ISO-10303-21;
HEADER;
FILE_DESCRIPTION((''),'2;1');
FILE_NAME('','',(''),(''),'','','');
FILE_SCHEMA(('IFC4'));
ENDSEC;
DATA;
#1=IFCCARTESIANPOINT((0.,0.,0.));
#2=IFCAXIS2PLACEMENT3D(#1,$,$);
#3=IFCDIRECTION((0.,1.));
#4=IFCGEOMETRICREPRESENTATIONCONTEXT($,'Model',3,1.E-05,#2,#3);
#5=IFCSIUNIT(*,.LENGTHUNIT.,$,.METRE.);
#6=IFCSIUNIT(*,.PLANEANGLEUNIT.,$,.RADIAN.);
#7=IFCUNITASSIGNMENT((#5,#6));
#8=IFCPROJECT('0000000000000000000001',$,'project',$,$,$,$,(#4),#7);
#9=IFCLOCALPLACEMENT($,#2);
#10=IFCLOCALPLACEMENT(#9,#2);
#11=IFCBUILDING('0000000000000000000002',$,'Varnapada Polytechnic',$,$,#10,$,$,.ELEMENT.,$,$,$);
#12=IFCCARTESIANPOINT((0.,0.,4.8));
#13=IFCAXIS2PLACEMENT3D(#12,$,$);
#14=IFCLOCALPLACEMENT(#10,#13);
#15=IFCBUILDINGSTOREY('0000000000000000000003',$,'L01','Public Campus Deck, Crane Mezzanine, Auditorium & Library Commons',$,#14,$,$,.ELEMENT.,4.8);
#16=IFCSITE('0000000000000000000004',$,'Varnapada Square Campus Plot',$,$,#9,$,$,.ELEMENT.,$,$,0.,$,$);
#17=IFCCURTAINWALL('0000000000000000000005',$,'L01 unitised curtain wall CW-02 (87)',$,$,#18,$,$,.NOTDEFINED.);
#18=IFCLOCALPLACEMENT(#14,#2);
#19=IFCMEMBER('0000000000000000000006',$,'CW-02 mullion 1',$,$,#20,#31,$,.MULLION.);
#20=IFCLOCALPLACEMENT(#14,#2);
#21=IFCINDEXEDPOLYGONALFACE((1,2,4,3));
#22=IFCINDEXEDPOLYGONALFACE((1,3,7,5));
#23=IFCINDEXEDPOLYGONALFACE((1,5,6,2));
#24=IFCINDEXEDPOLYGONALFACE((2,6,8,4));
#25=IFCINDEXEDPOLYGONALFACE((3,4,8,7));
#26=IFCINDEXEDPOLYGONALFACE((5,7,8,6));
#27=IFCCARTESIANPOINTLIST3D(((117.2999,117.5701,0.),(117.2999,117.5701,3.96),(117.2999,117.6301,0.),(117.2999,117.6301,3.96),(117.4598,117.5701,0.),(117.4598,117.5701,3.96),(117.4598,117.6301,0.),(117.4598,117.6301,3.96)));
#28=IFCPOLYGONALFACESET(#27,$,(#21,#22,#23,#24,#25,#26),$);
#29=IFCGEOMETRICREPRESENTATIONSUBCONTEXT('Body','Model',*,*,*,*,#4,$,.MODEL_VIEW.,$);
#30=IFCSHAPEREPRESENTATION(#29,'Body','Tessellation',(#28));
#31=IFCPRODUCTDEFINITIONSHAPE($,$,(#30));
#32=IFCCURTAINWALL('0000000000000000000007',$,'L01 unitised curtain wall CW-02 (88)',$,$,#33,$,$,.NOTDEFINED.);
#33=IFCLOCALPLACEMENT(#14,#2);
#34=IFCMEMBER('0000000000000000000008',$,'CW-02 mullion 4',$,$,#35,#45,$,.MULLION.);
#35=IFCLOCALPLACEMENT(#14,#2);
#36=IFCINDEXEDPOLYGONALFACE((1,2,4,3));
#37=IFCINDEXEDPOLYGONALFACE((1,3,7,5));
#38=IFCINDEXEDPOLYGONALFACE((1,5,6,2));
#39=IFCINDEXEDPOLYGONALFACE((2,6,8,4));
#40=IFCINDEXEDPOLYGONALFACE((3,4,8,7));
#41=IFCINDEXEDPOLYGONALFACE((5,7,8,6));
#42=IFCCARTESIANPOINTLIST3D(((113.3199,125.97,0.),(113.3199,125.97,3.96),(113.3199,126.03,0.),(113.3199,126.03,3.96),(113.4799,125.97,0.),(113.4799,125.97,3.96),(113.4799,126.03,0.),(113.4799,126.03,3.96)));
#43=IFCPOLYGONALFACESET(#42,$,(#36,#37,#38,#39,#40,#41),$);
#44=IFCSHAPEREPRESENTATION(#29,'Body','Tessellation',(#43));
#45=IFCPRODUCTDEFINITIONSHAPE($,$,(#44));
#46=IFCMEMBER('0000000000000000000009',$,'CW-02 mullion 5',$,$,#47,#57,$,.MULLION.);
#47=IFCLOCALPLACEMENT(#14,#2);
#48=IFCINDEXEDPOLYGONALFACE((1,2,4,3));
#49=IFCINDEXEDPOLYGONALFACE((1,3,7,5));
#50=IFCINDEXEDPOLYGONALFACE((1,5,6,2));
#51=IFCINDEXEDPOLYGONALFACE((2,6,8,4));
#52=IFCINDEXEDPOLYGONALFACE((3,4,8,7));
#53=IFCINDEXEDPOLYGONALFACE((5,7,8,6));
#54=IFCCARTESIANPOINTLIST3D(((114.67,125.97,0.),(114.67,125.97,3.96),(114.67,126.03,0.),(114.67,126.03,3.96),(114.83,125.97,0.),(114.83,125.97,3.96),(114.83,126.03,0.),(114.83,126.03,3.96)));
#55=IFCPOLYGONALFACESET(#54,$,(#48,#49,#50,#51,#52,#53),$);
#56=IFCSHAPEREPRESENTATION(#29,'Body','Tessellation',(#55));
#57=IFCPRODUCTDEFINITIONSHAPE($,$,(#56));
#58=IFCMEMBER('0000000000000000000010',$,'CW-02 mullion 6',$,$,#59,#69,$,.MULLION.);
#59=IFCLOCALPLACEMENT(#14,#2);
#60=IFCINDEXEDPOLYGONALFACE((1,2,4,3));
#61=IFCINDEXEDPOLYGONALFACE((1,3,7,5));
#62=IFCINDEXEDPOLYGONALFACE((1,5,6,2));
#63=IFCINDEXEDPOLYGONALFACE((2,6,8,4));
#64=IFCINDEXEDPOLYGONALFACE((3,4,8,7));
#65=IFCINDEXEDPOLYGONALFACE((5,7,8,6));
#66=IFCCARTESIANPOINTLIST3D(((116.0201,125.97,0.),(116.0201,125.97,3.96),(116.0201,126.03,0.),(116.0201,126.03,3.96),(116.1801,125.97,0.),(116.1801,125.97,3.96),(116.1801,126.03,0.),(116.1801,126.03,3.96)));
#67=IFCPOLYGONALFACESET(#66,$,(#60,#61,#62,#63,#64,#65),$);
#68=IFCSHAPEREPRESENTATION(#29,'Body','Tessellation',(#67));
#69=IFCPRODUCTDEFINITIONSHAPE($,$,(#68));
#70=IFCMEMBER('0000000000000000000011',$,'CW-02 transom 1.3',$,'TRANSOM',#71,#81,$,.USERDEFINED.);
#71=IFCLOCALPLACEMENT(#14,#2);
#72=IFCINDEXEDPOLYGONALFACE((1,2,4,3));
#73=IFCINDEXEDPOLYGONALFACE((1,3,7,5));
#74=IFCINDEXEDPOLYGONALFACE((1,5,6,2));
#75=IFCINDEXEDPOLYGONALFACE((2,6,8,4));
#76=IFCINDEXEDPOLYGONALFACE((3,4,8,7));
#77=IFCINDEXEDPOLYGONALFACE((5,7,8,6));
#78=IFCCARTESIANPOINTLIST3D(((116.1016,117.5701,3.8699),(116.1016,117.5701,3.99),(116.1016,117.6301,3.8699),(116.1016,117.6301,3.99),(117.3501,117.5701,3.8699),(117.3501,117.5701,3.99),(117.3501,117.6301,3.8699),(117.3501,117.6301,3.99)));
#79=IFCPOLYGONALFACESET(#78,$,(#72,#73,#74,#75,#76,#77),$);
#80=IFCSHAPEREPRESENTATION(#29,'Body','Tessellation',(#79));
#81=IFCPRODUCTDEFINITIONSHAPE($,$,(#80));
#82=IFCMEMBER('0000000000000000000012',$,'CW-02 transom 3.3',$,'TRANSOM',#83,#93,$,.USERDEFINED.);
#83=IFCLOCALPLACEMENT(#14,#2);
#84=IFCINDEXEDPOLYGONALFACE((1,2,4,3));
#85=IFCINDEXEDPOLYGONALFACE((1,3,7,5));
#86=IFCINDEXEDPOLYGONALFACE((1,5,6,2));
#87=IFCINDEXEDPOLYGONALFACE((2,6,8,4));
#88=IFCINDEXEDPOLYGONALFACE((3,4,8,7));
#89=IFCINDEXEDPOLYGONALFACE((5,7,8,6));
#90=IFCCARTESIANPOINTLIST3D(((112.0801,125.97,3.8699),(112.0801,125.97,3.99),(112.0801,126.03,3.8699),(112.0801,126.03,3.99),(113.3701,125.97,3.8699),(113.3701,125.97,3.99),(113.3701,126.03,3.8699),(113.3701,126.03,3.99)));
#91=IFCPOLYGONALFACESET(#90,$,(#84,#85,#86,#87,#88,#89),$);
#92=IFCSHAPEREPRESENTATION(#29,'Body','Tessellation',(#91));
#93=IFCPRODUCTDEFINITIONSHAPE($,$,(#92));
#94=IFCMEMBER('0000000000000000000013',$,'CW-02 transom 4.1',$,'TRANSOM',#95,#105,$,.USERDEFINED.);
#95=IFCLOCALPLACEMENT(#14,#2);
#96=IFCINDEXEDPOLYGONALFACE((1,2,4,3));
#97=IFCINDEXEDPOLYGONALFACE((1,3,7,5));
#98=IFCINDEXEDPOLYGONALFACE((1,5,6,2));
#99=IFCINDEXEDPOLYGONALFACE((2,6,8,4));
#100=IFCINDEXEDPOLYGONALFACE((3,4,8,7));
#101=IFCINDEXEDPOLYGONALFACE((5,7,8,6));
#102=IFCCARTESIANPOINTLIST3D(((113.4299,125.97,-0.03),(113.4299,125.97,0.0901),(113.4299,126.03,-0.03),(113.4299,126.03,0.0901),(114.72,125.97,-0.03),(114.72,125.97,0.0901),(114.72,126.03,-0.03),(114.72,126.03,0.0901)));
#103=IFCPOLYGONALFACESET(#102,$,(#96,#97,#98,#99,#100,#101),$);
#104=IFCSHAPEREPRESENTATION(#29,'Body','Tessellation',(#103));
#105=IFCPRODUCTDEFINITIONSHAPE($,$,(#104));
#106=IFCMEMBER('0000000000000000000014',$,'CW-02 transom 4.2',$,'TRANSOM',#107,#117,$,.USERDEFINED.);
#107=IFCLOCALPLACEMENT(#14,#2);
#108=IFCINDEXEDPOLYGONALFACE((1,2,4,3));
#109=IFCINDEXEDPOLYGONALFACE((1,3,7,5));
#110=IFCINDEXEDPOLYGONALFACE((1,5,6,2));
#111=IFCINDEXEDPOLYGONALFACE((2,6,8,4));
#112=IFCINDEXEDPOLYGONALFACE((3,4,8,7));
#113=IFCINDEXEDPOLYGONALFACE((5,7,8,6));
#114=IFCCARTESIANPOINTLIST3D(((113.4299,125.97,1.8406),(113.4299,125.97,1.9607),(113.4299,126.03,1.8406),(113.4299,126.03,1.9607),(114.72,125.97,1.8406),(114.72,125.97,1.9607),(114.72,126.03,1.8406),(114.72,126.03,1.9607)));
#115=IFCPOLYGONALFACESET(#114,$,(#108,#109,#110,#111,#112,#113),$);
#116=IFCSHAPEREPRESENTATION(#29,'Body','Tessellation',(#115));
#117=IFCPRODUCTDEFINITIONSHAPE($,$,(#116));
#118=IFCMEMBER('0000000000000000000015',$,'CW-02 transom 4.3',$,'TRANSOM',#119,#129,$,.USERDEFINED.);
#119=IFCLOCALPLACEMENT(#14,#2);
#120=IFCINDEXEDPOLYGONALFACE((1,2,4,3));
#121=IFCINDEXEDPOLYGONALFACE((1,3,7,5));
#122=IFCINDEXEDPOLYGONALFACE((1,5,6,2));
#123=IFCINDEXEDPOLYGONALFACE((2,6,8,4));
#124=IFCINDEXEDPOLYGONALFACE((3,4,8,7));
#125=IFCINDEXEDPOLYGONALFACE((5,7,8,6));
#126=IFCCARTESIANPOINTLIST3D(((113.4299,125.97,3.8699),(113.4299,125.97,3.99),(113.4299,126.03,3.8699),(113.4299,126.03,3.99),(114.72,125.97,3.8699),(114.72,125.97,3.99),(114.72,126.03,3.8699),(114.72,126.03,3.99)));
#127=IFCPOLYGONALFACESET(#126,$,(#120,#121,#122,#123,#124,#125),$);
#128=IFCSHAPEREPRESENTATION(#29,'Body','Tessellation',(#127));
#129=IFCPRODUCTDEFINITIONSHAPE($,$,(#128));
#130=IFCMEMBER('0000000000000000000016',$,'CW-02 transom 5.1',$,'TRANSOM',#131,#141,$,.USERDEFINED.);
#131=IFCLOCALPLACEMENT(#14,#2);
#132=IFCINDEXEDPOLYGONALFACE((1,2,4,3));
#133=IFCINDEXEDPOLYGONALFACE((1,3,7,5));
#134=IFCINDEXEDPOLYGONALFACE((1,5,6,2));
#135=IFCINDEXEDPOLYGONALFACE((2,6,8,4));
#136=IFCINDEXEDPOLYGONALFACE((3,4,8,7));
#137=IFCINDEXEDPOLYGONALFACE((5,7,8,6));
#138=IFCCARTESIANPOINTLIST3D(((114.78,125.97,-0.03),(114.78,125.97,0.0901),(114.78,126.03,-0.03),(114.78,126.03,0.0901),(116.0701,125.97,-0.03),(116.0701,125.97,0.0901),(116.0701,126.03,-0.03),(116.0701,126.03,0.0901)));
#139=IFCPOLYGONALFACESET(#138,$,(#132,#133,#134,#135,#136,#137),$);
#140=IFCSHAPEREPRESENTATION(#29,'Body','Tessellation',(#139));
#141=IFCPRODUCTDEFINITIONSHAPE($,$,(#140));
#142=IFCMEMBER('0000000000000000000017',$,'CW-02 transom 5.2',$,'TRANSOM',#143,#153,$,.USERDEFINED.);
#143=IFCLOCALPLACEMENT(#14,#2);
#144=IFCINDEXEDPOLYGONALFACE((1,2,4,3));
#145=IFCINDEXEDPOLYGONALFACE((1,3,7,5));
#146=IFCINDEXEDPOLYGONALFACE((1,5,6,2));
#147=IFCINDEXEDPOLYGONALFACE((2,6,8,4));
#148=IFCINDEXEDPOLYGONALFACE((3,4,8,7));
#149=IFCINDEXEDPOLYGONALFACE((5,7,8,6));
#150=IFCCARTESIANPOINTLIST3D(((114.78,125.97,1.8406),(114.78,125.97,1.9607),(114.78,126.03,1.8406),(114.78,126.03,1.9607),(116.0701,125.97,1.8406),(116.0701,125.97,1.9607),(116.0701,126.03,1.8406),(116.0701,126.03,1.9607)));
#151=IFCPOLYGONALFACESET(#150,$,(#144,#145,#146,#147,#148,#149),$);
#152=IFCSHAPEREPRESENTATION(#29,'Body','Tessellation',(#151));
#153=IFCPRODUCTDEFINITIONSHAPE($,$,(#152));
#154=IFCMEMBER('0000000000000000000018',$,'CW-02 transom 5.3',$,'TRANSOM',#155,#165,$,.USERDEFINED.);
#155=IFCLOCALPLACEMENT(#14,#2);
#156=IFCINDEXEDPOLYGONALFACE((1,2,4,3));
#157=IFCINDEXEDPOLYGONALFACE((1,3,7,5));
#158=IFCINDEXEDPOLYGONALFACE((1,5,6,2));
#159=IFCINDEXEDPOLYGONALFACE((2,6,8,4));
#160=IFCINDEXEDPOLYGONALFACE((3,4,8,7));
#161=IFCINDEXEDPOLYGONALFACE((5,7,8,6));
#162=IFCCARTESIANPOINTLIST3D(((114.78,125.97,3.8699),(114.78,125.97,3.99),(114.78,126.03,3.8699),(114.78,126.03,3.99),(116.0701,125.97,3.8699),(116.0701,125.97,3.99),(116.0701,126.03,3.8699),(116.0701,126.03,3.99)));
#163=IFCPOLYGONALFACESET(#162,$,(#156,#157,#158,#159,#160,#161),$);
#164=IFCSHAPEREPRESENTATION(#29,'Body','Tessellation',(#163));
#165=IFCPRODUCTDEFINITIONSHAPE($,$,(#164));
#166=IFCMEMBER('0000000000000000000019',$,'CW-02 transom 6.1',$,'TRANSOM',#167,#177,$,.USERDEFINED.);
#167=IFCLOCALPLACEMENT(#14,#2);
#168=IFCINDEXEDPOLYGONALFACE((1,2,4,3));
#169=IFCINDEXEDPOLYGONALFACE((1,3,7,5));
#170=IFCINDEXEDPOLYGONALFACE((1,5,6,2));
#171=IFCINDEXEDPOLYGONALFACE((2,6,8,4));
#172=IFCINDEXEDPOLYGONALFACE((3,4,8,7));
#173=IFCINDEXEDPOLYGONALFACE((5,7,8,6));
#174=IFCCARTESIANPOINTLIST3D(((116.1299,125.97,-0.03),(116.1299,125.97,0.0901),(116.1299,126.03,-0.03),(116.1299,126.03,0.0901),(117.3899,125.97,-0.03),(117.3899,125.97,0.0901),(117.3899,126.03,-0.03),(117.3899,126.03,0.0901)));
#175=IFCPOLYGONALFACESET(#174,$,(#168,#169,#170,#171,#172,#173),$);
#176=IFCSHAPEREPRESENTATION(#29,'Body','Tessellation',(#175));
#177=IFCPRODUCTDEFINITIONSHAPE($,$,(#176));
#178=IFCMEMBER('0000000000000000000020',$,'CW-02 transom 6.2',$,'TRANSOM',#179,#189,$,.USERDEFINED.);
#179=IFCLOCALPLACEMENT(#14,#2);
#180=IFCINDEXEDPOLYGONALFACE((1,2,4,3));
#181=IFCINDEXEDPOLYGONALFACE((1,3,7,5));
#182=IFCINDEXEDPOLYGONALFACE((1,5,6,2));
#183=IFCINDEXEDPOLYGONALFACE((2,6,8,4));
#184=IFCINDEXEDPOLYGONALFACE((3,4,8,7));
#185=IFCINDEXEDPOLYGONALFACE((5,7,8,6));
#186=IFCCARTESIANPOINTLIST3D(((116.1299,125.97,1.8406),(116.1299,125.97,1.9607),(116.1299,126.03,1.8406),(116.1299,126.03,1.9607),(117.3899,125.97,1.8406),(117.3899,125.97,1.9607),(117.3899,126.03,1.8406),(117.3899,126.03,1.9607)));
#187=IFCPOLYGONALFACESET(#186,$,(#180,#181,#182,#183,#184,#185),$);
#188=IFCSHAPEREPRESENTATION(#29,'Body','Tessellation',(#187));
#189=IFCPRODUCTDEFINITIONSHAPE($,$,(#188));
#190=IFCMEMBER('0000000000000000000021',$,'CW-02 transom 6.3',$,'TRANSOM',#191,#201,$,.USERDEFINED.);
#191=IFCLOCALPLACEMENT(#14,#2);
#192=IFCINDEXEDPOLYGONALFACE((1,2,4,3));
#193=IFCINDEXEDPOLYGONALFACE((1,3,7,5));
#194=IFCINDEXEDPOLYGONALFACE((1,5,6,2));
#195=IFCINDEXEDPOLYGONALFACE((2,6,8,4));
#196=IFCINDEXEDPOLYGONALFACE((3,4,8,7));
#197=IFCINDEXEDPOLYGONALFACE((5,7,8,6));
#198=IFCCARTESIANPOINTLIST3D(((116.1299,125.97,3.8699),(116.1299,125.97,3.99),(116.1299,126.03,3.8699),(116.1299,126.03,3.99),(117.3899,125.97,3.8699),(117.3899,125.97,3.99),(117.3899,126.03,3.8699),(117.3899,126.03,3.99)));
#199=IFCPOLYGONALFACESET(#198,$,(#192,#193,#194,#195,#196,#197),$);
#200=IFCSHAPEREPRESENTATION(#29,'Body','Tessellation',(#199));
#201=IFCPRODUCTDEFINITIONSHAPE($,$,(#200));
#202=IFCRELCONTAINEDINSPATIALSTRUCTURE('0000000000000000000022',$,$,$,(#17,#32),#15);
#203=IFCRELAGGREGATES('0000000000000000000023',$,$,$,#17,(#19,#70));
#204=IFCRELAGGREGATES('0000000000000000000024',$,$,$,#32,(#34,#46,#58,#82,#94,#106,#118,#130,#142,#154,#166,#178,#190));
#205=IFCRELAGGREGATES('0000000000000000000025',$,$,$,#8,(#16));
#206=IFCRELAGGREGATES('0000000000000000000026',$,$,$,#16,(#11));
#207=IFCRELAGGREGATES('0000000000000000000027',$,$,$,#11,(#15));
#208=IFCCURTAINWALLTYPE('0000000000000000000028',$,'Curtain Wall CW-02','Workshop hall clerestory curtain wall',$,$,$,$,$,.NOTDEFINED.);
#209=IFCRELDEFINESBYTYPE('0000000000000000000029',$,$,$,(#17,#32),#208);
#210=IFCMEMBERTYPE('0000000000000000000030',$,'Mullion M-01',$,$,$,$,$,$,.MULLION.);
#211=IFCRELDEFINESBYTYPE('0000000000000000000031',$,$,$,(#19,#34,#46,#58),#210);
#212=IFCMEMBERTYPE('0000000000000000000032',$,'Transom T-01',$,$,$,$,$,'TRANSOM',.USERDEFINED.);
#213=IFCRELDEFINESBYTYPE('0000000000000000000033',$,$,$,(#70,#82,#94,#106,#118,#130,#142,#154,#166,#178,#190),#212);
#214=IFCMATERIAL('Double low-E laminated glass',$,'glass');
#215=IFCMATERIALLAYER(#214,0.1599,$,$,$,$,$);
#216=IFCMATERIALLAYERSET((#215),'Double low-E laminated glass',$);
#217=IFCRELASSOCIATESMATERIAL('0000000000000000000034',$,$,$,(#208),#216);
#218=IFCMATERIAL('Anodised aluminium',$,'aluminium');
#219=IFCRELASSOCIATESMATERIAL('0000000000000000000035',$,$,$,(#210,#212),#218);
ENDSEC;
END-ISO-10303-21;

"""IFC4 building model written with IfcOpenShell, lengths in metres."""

from ifc_helpers import new_model, si_unit, direction, frame, origin, origin_2d, place, context, subcontext, project, spatial, rectangle, extrude, material, layer, layer_set, material_profile, profile_set, type_object, element, aggregate, save


model = new_model("IFC4")

# Units and contexts
model_context = context("Model", 3, precision=1e-05, world=origin(), true_north=direction((0.0, 1.0)))
body_context = subcontext(model_context, "Body", "Model", "MODEL_VIEW")
ifc_project = project(units=[si_unit("LENGTHUNIT", "METRE"), si_unit("PLANEANGLEUNIT", "RADIAN")], contexts=[model_context])

# Site, building, storey
site_placement = place(None, origin())
site = spatial("IfcSite", under=ifc_project, at=site_placement, Name="Varnapada Square Campus Plot", CompositionType="ELEMENT", RefElevation=0.0)
building_placement = place(site_placement, origin())
building = spatial("IfcBuilding", under=site, at=building_placement, Name="Varnapada Polytechnic", CompositionType="ELEMENT")
storey_placement = place(building_placement, frame((0.0, 0.0, 4.8)))
storey = spatial("IfcBuildingStorey", under=building, at=storey_placement, Name="L01", Description="Public Campus Deck, Crane Mezzanine, Auditorium & Library Commons", CompositionType="ELEMENT", Elevation=4.8)

# Curtain wall, member
ifc_material_1 = material(Name="Double low-E laminated glass", Category="glass")
ifc_layer_1 = layer(ifc_material_1, 0.1599)
ifc_layer_set_1 = layer_set([ifc_layer_1], Name="Double low-E laminated glass")
curtain_wall_type = type_object("IfcCurtainWallType", Name="Curtain Wall CW-02", Description="Workshop hall clerestory curtain wall", PredefinedType="NOTDEFINED", material=ifc_layer_set_1)
curtain_wall_1_placement = place(storey_placement, origin())
curtain_wall_1 = element("IfcCurtainWall", 1, at=curtain_wall_1_placement, inside=storey, type_object=curtain_wall_type, Name="L01 unitised curtain wall CW-02 (87)", PredefinedType="NOTDEFINED")
ifc_material_2 = material(Name="Anodised aluminium", Category="aluminium")
ifc_material_profile_1 = material_profile(ifc_material_2, rectangle(XDim=0.0601, YDim=0.1599, at=origin_2d()), Name="ALU M60x160")
ifc_profile_set_1 = profile_set([ifc_material_profile_1], Name="Anodised aluminium")
member_type_1 = type_object("IfcMemberType", Name="Mullion M-01", PredefinedType="MULLION", material=ifc_profile_set_1)
member_1_placement = place(storey_placement, frame((117.3799, 117.6001, 0.0), z_axis=(0.0, 0.0, 1.0), x_axis=(0.0, -1.0, 0.0)))
member_1 = element("IfcMember", 2, at=member_1_placement, type_object=member_type_1, Name="CW-02 mullion 1", PredefinedType="MULLION", context=body_context, shape_type="SweptSolid", body=[
    extrude(rectangle(XDim=0.0601, YDim=0.1599, at=origin_2d()), origin(), (0.0, 0.0, 1.0), 3.96),
])

# Curtain wall, members
curtain_wall_2_placement = place(storey_placement, origin())
curtain_wall_2 = element("IfcCurtainWall", 3, at=curtain_wall_2_placement, inside=storey, type_object=curtain_wall_type, Name="L01 unitised curtain wall CW-02 (88)", PredefinedType="NOTDEFINED")
member_2_placement = place(storey_placement, frame((113.3999, 126.0, 0.0), z_axis=(0.0, 0.0, 1.0), x_axis=(0.0, 1.0, 0.0)))
member_2 = element("IfcMember", 4, at=member_2_placement, type_object=member_type_1, Name="CW-02 mullion 4", PredefinedType="MULLION", context=body_context, shape_type="SweptSolid", body=[
    extrude(rectangle(XDim=0.0601, YDim=0.1599, at=origin_2d()), origin(), (0.0, 0.0, 1.0), 3.96),
])
member_3_placement = place(storey_placement, frame((114.75, 126.0, 0.0), z_axis=(0.0, 0.0, 1.0), x_axis=(0.0, 1.0, 0.0)))
member_3 = element("IfcMember", 5, at=member_3_placement, type_object=member_type_1, Name="CW-02 mullion 5", PredefinedType="MULLION", context=body_context, shape_type="SweptSolid", body=[
    extrude(rectangle(XDim=0.0601, YDim=0.1599, at=origin_2d()), origin(), (0.0, 0.0, 1.0), 3.96),
])
member_4_placement = place(storey_placement, frame((116.1001, 126.0, 0.0), z_axis=(0.0, 0.0, 1.0), x_axis=(0.0, 1.0, 0.0)))
member_4 = element("IfcMember", 6, at=member_4_placement, type_object=member_type_1, Name="CW-02 mullion 6", PredefinedType="MULLION", context=body_context, shape_type="SweptSolid", body=[
    extrude(rectangle(XDim=0.0601, YDim=0.1599, at=origin_2d()), origin(), (0.0, 0.0, 1.0), 3.96),
])

# Members
ifc_material_profile_2 = material_profile(ifc_material_2, rectangle(XDim=0.0601, YDim=0.1201, at=origin_2d()), Name="ALU T60x120")
ifc_profile_set_2 = profile_set([ifc_material_profile_2], Name="Anodised aluminium")
member_type_2 = type_object("IfcMemberType", Name="Transom T-01", ElementType="TRANSOM", PredefinedType="USERDEFINED", material=ifc_profile_set_2)
member_5_placement = place(storey_placement, frame((117.3501, 117.6001, 3.9299), z_axis=(-1.0, 0.0, 0.0), x_axis=(0.0, -1.0, 0.0)))
member_5 = element("IfcMember", 7, at=member_5_placement, type_object=member_type_2, Name="CW-02 transom 1.3", ObjectType="TRANSOM", PredefinedType="USERDEFINED", context=body_context, shape_type="SweptSolid", body=[
    extrude(rectangle(XDim=0.0601, YDim=0.1201, at=origin_2d()), origin(), (0.0, 0.0, 1.0), 1.2485),
])
aggregate(curtain_wall_1, [member_1, member_5])
member_6_placement = place(storey_placement, frame((112.0801, 126.0, 3.9299), z_axis=(1.0, 0.0, 0.0), x_axis=(0.0, 1.0, 0.0)))
member_6 = element("IfcMember", 8, at=member_6_placement, type_object=member_type_2, Name="CW-02 transom 3.3", ObjectType="TRANSOM", PredefinedType="USERDEFINED", context=body_context, shape_type="SweptSolid", body=[
    extrude(rectangle(XDim=0.0601, YDim=0.1201, at=origin_2d()), origin(), (0.0, 0.0, 1.0), 1.29),
])
member_7_placement = place(storey_placement, frame((113.4299, 126.0, 0.03), z_axis=(1.0, 0.0, 0.0), x_axis=(0.0, 1.0, 0.0)))
member_7 = element("IfcMember", 9, at=member_7_placement, type_object=member_type_2, Name="CW-02 transom 4.1", ObjectType="TRANSOM", PredefinedType="USERDEFINED", context=body_context, shape_type="SweptSolid", body=[
    extrude(rectangle(XDim=0.0601, YDim=0.1201, at=origin_2d()), origin(), (0.0, 0.0, 1.0), 1.29),
])
member_8_placement = place(storey_placement, frame((113.4299, 126.0, 1.9006), z_axis=(1.0, 0.0, 0.0), x_axis=(0.0, 1.0, 0.0)))
member_8 = element("IfcMember", 10, at=member_8_placement, type_object=member_type_2, Name="CW-02 transom 4.2", ObjectType="TRANSOM", PredefinedType="USERDEFINED", context=body_context, shape_type="SweptSolid", body=[
    extrude(rectangle(XDim=0.0601, YDim=0.1201, at=origin_2d()), origin(), (0.0, 0.0, 1.0), 1.29),
])
member_9_placement = place(storey_placement, frame((113.4299, 126.0, 3.9299), z_axis=(1.0, 0.0, 0.0), x_axis=(0.0, 1.0, 0.0)))
member_9 = element("IfcMember", 11, at=member_9_placement, type_object=member_type_2, Name="CW-02 transom 4.3", ObjectType="TRANSOM", PredefinedType="USERDEFINED", context=body_context, shape_type="SweptSolid", body=[
    extrude(rectangle(XDim=0.0601, YDim=0.1201, at=origin_2d()), origin(), (0.0, 0.0, 1.0), 1.29),
])
member_10_placement = place(storey_placement, frame((114.78, 126.0, 0.03), z_axis=(1.0, 0.0, 0.0), x_axis=(0.0, 1.0, 0.0)))
member_10 = element("IfcMember", 12, at=member_10_placement, type_object=member_type_2, Name="CW-02 transom 5.1", ObjectType="TRANSOM", PredefinedType="USERDEFINED", context=body_context, shape_type="SweptSolid", body=[
    extrude(rectangle(XDim=0.0601, YDim=0.1201, at=origin_2d()), origin(), (0.0, 0.0, 1.0), 1.29),
])
member_11_placement = place(storey_placement, frame((114.78, 126.0, 1.9006), z_axis=(1.0, 0.0, 0.0), x_axis=(0.0, 1.0, 0.0)))
member_11 = element("IfcMember", 13, at=member_11_placement, type_object=member_type_2, Name="CW-02 transom 5.2", ObjectType="TRANSOM", PredefinedType="USERDEFINED", context=body_context, shape_type="SweptSolid", body=[
    extrude(rectangle(XDim=0.0601, YDim=0.1201, at=origin_2d()), origin(), (0.0, 0.0, 1.0), 1.29),
])
member_12_placement = place(storey_placement, frame((114.78, 126.0, 3.9299), z_axis=(1.0, 0.0, 0.0), x_axis=(0.0, 1.0, 0.0)))
member_12 = element("IfcMember", 14, at=member_12_placement, type_object=member_type_2, Name="CW-02 transom 5.3", ObjectType="TRANSOM", PredefinedType="USERDEFINED", context=body_context, shape_type="SweptSolid", body=[
    extrude(rectangle(XDim=0.0601, YDim=0.1201, at=origin_2d()), origin(), (0.0, 0.0, 1.0), 1.29),
])
member_13_placement = place(storey_placement, frame((116.1299, 126.0, 0.03), z_axis=(1.0, 0.0, 0.0), x_axis=(0.0, 1.0, 0.0)))
member_13 = element("IfcMember", 15, at=member_13_placement, type_object=member_type_2, Name="CW-02 transom 6.1", ObjectType="TRANSOM", PredefinedType="USERDEFINED", context=body_context, shape_type="SweptSolid", body=[
    extrude(rectangle(XDim=0.0601, YDim=0.1201, at=origin_2d()), origin(), (0.0, 0.0, 1.0), 1.26),
])
member_14_placement = place(storey_placement, frame((116.1299, 126.0, 1.9006), z_axis=(1.0, 0.0, 0.0), x_axis=(0.0, 1.0, 0.0)))
member_14 = element("IfcMember", 16, at=member_14_placement, type_object=member_type_2, Name="CW-02 transom 6.2", ObjectType="TRANSOM", PredefinedType="USERDEFINED", context=body_context, shape_type="SweptSolid", body=[
    extrude(rectangle(XDim=0.0601, YDim=0.1201, at=origin_2d()), origin(), (0.0, 0.0, 1.0), 1.26),
])
member_15_placement = place(storey_placement, frame((116.1299, 126.0, 3.9299), z_axis=(1.0, 0.0, 0.0), x_axis=(0.0, 1.0, 0.0)))
member_15 = element("IfcMember", 17, at=member_15_placement, type_object=member_type_2, Name="CW-02 transom 6.3", ObjectType="TRANSOM", PredefinedType="USERDEFINED", context=body_context, shape_type="SweptSolid", body=[
    extrude(rectangle(XDim=0.0601, YDim=0.1201, at=origin_2d()), origin(), (0.0, 0.0, 1.0), 1.26),
])

aggregate(curtain_wall_2, [member_2, member_3, member_4, member_6, member_7, member_8, member_9, member_10, member_11, member_12, member_13, member_14, member_15])

save(model, "model.ifc")
